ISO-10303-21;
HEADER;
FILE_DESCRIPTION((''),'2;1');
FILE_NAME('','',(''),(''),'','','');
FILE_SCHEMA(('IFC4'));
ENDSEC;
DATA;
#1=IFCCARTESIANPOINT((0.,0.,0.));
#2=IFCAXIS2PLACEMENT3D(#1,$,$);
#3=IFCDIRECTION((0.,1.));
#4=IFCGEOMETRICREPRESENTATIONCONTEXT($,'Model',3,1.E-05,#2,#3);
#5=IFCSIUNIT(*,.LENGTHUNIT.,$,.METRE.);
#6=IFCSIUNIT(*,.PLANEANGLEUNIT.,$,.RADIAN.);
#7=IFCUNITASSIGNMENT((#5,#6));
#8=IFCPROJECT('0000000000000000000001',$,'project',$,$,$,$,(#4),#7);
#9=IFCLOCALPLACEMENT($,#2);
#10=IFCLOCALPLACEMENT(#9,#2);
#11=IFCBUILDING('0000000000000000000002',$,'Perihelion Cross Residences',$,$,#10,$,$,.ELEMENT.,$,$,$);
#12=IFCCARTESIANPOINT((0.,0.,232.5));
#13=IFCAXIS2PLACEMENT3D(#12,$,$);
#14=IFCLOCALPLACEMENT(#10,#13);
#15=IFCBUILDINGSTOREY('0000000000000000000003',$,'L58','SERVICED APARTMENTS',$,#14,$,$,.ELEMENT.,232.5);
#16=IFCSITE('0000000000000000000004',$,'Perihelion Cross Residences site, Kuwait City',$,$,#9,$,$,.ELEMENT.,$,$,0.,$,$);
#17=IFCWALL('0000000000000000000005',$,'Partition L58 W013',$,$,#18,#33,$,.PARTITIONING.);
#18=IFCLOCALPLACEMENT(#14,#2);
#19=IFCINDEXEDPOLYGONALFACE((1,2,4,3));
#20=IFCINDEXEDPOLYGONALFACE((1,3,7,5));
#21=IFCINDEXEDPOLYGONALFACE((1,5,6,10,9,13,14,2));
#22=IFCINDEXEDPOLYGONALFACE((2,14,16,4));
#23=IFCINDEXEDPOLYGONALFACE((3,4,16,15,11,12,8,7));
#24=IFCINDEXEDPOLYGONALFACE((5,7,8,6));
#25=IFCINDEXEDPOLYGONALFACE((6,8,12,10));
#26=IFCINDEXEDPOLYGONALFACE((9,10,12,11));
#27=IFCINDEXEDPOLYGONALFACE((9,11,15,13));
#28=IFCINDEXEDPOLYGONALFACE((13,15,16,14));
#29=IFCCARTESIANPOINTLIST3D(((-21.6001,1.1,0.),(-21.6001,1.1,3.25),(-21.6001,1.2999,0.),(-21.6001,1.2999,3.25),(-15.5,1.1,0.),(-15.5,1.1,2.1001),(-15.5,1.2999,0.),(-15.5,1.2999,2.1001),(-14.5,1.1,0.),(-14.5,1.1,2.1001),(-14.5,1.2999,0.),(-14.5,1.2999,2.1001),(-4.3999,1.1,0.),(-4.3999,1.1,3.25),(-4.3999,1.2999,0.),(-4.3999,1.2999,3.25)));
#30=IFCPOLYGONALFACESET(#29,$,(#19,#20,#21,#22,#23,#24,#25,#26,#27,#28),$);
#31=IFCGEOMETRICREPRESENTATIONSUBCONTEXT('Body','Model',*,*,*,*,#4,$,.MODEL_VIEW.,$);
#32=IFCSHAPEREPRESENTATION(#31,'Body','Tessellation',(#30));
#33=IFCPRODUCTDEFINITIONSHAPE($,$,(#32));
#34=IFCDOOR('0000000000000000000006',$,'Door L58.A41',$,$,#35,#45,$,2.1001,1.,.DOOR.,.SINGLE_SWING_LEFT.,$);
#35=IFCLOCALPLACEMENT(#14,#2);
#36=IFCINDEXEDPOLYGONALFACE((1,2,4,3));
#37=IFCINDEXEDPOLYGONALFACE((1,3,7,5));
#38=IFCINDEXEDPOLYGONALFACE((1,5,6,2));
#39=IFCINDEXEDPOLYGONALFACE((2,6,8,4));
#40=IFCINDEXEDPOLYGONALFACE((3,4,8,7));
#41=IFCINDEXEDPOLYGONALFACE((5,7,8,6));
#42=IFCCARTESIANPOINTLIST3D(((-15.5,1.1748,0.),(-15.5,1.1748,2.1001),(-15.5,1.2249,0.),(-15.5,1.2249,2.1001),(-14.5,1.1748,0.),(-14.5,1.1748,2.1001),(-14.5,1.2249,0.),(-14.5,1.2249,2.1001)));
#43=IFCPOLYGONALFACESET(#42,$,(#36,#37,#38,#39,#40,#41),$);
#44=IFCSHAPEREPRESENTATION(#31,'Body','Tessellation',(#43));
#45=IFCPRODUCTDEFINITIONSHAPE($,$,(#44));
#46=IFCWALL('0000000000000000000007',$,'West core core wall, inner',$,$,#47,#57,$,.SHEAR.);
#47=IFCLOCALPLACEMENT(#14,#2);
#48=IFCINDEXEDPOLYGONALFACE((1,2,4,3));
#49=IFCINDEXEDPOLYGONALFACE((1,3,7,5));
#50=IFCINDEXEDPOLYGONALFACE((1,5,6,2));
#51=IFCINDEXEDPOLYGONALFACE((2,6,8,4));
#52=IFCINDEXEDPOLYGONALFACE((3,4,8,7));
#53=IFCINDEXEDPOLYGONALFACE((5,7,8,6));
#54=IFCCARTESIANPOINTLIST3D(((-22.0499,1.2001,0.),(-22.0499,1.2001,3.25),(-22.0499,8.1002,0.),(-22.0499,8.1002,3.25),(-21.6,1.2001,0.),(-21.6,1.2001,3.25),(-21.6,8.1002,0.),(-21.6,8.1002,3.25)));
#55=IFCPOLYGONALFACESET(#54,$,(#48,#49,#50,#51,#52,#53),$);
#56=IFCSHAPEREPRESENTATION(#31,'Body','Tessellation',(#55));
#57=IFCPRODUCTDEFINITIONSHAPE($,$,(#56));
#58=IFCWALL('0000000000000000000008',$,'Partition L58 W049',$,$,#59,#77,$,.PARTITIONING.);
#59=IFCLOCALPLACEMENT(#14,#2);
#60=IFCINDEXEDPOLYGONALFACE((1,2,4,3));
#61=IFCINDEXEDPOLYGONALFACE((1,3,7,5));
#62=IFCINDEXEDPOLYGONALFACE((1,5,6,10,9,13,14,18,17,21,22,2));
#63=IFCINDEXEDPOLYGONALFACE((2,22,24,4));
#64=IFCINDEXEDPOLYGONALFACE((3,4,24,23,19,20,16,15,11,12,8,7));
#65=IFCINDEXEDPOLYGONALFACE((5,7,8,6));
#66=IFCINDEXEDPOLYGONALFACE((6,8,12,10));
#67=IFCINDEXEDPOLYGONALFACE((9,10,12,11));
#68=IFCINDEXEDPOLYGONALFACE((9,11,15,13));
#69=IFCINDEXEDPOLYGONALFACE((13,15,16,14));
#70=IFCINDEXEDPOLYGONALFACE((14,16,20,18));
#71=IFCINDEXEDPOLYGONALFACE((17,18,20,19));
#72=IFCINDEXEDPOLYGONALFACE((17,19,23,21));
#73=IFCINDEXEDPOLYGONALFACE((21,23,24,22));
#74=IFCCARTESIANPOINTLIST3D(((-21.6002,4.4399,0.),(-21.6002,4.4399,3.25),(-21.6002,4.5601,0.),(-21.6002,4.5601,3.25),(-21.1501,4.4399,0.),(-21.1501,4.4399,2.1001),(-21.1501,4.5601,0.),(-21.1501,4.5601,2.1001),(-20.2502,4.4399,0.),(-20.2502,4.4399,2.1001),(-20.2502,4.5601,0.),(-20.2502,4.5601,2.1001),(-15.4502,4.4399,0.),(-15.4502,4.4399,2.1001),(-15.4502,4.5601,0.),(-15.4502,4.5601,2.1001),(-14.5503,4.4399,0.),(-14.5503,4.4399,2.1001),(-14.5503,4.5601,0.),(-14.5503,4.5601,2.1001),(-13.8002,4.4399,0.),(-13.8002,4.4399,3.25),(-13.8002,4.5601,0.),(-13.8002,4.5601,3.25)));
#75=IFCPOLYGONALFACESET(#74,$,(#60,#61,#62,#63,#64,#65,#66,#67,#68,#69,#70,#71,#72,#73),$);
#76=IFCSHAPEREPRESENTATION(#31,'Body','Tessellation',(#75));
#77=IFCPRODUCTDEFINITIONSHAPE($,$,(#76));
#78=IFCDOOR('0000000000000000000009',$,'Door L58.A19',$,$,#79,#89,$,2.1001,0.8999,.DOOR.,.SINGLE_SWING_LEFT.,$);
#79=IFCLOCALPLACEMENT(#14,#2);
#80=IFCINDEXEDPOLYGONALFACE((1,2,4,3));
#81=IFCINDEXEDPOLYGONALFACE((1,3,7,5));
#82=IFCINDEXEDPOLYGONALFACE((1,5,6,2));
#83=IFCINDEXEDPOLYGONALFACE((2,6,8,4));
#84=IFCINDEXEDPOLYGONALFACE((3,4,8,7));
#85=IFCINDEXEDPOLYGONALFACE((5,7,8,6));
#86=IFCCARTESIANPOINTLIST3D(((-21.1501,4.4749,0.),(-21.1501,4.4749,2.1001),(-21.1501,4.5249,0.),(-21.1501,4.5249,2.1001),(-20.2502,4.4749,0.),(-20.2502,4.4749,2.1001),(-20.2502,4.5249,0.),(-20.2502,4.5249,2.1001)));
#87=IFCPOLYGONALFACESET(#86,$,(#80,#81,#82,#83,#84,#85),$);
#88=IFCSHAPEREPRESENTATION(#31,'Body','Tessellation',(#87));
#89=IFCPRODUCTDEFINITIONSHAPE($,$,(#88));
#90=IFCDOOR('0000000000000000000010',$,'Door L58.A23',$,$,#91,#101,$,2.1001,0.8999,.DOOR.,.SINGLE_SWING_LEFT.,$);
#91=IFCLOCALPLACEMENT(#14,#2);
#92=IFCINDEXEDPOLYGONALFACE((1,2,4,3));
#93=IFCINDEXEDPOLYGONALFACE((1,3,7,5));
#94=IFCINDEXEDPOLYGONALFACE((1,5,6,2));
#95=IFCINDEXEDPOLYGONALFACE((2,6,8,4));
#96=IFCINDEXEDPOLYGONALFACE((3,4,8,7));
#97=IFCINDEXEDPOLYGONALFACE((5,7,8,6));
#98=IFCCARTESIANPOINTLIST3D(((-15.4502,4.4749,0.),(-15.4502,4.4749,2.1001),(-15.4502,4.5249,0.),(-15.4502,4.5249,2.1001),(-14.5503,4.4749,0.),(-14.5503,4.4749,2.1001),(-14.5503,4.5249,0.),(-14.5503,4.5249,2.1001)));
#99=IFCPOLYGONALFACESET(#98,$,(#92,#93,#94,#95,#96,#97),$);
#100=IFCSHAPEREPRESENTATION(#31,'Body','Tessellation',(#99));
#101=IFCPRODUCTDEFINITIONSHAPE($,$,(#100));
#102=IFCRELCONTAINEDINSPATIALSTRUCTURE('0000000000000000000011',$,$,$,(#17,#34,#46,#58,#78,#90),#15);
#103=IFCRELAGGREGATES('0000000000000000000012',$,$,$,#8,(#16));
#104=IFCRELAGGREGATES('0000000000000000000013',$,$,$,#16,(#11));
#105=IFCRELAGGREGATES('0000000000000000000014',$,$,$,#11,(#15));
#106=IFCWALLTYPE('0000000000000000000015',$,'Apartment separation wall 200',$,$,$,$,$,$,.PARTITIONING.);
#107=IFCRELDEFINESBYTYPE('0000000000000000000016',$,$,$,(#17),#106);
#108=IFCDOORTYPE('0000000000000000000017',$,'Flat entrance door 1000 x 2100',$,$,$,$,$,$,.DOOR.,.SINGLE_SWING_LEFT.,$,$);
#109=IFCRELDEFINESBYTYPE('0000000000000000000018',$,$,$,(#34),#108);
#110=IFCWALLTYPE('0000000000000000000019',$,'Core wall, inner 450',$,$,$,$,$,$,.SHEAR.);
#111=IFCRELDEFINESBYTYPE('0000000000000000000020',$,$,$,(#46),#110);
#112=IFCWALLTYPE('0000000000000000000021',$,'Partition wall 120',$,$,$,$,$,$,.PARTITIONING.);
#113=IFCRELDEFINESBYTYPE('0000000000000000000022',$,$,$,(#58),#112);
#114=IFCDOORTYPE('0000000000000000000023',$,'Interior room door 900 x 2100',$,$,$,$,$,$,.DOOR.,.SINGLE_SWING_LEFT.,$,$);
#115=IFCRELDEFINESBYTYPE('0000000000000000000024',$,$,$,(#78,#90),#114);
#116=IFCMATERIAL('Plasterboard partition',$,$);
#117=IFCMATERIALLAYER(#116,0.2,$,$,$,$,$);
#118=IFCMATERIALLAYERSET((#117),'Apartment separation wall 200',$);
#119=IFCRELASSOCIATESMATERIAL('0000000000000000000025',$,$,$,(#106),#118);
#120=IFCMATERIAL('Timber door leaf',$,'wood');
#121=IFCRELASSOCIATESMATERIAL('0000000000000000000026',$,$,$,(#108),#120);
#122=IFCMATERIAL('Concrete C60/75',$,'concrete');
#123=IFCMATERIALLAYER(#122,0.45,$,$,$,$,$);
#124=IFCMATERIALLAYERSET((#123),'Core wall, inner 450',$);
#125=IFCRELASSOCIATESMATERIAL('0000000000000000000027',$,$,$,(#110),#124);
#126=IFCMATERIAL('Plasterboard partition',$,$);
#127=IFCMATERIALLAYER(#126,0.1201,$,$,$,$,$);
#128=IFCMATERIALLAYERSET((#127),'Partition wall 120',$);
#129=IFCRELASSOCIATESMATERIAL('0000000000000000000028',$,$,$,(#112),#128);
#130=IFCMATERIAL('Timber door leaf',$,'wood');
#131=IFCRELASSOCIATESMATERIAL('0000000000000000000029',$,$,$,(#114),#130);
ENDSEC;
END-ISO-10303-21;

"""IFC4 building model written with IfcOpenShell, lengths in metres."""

from ifc_helpers import new_model, si_unit, direction, frame, frame_2d, origin, place, context, subcontext, project, spatial, rectangle, extrude, material, layer, layer_set, type_object, element, fill, save


model = new_model("IFC4")

# Units and contexts
model_context = context("Model", 3, precision=1e-05, world=origin(), true_north=direction((0.0, 1.0)))
body_context = subcontext(model_context, "Body", "Model", "MODEL_VIEW")
ifc_project = project(units=[si_unit("LENGTHUNIT", "METRE"), si_unit("PLANEANGLEUNIT", "RADIAN")], contexts=[model_context])

# Site, building, storey
site_placement = place(None, origin())
site = spatial("IfcSite", under=ifc_project, at=site_placement, Name="Perihelion Cross Residences site, Kuwait City", CompositionType="ELEMENT", RefElevation=0.0)
building_placement = place(site_placement, origin())
building = spatial("IfcBuilding", under=site, at=building_placement, Name="Perihelion Cross Residences", CompositionType="ELEMENT")
storey_placement = place(building_placement, frame((0.0, 0.0, 232.5)))
storey = spatial("IfcBuildingStorey", under=building, at=storey_placement, Name="L58", Description="SERVICED APARTMENTS", CompositionType="ELEMENT", Elevation=232.5)

# Wall, opening, door
ifc_material_1 = material(Name="Plasterboard partition")
ifc_layer_1 = layer(ifc_material_1, 0.2)
ifc_layer_set_1 = layer_set([ifc_layer_1], Name="Apartment separation wall 200")
wall_type_1 = type_object("IfcWallType", Name="Apartment separation wall 200", PredefinedType="PARTITIONING", material=ifc_layer_set_1)
wall_1_placement = place(storey_placement, frame((-21.6001, 1.2, 0.0), z_axis=(0.0, 0.0, 1.0), x_axis=(1.0, 0.0, 0.0)))
wall_1 = element("IfcWall", 1, at=wall_1_placement, inside=storey, type_object=wall_type_1, Name="Partition L58 W013", PredefinedType="PARTITIONING", context=body_context, shape_type="SweptSolid", body=[
    extrude(rectangle(XDim=17.2002, YDim=0.2, at=frame_2d((8.6001, 0.0))), origin(), (0.0, 0.0, 1.0), 3.25),
])
opening_1_placement = place(wall_1_placement, frame((6.1001, 0.0, 0.0)))
opening_1 = element("IfcOpeningElement", 2, at=opening_1_placement, cuts=wall_1, PredefinedType="OPENING", context=body_context, shape_type="SweptSolid", body=[
    extrude(rectangle(XDim=1.0, YDim=2.1001, at=frame_2d((0.5, 1.05))), frame((0.0, 0.1099, 0.0), z_axis=(0.0, -1.0, 0.0), x_axis=(1.0, 0.0, 0.0)), (0.0, 0.0, 1.0), 0.22),
])
ifc_material_2 = material(Name="Timber door leaf", Category="wood")
door_type_1 = type_object("IfcDoorType", Name="Flat entrance door 1000 x 2100", OperationType="SINGLE_SWING_LEFT", PredefinedType="DOOR", material=ifc_material_2)
door_1_placement = place(opening_1_placement, origin())
door_1 = element("IfcDoor", 3, at=door_1_placement, inside=storey, type_object=door_type_1, Name="Door L58.A41", OperationType="SINGLE_SWING_LEFT", OverallHeight=2.1001, OverallWidth=1.0, PredefinedType="DOOR", context=body_context, shape_type="SweptSolid", body=[
    extrude(rectangle(XDim=1.0, YDim=2.1001, at=frame_2d((0.5, 1.05))), frame((0.0, 0.0249, 0.0), z_axis=(0.0, -1.0, 0.0), x_axis=(1.0, 0.0, 0.0)), (0.0, 0.0, 1.0), 0.05),
])
fill(opening_1, door_1)

# Wall
ifc_material_3 = material(Name="Concrete C60/75", Category="concrete")
ifc_layer_2 = layer(ifc_material_3, 0.45)
ifc_layer_set_2 = layer_set([ifc_layer_2], Name="Core wall, inner 450")
wall_type_2 = type_object("IfcWallType", Name="Core wall, inner 450", PredefinedType="SHEAR", material=ifc_layer_set_2)
wall_2_placement = place(storey_placement, frame((-21.825, 1.2, 0.0), z_axis=(0.0, 0.0, 1.0), x_axis=(0.0, 1.0, 0.0)))
element("IfcWall", 4, at=wall_2_placement, inside=storey, type_object=wall_type_2, Name="West core core wall, inner", PredefinedType="SHEAR", context=body_context, shape_type="SweptSolid", body=[
    extrude(rectangle(XDim=6.9001, YDim=0.45, at=frame_2d((3.4502, 0.0))), origin(), (0.0, 0.0, 1.0), 3.25),
])

# Wall, openings, doors
ifc_material_4 = material(Name="Plasterboard partition")
ifc_layer_3 = layer(ifc_material_4, 0.1201)
ifc_layer_set_3 = layer_set([ifc_layer_3], Name="Partition wall 120")
wall_type_3 = type_object("IfcWallType", Name="Partition wall 120", PredefinedType="PARTITIONING", material=ifc_layer_set_3)
wall_3_placement = place(storey_placement, frame((-21.6001, 4.5, 0.0), z_axis=(0.0, 0.0, 1.0), x_axis=(1.0, 0.0, 0.0)))
wall_3 = element("IfcWall", 5, at=wall_3_placement, inside=storey, type_object=wall_type_3, Name="Partition L58 W049", PredefinedType="PARTITIONING", context=body_context, shape_type="SweptSolid", body=[
    extrude(rectangle(XDim=7.8, YDim=0.1201, at=frame_2d((3.8999, 0.0))), origin(), (0.0, 0.0, 1.0), 3.25),
])
opening_2_placement = place(wall_3_placement, frame((0.45, 0.0, 0.0)))
opening_2 = element("IfcOpeningElement", 6, at=opening_2_placement, cuts=wall_3, PredefinedType="OPENING", context=body_context, shape_type="SweptSolid", body=[
    extrude(rectangle(XDim=0.8999, YDim=2.1001, at=frame_2d((0.45, 1.05))), frame((0.0, 0.0701, 0.0), z_axis=(0.0, -1.0, 0.0), x_axis=(1.0, 0.0, 0.0)), (0.0, 0.0, 1.0), 0.1401),
])
opening_3_placement = place(wall_3_placement, frame((6.1499, 0.0, 0.0)))
opening_3 = element("IfcOpeningElement", 7, at=opening_3_placement, cuts=wall_3, PredefinedType="OPENING", context=body_context, shape_type="SweptSolid", body=[
    extrude(rectangle(XDim=0.8999, YDim=2.1001, at=frame_2d((0.45, 1.05))), frame((0.0, 0.0701, 0.0), z_axis=(0.0, -1.0, 0.0), x_axis=(1.0, 0.0, 0.0)), (0.0, 0.0, 1.0), 0.1401),
])
ifc_material_5 = material(Name="Timber door leaf", Category="wood")
door_type_2 = type_object("IfcDoorType", Name="Interior room door 900 x 2100", OperationType="SINGLE_SWING_LEFT", PredefinedType="DOOR", material=ifc_material_5)
door_2_placement = place(opening_2_placement, origin())
door_2 = element("IfcDoor", 8, at=door_2_placement, inside=storey, type_object=door_type_2, Name="Door L58.A19", OperationType="SINGLE_SWING_LEFT", OverallHeight=2.1001, OverallWidth=0.8999, PredefinedType="DOOR", context=body_context, shape_type="SweptSolid", body=[
    extrude(rectangle(XDim=0.8999, YDim=2.1001, at=frame_2d((0.45, 1.05))), frame((0.0, 0.0249, 0.0), z_axis=(0.0, -1.0, 0.0), x_axis=(1.0, 0.0, 0.0)), (0.0, 0.0, 1.0), 0.05),
])
fill(opening_2, door_2)
door_3_placement = place(opening_3_placement, origin())
door_3 = element("IfcDoor", 9, at=door_3_placement, inside=storey, type_object=door_type_2, Name="Door L58.A23", OperationType="SINGLE_SWING_LEFT", OverallHeight=2.1001, OverallWidth=0.8999, PredefinedType="DOOR", context=body_context, shape_type="SweptSolid", body=[
    extrude(rectangle(XDim=0.8999, YDim=2.1001, at=frame_2d((0.45, 1.05))), frame((0.0, 0.0249, 0.0), z_axis=(0.0, -1.0, 0.0), x_axis=(1.0, 0.0, 0.0)), (0.0, 0.0, 1.0), 0.05),
])
fill(opening_3, door_3)

save(model, "model.ifc")
